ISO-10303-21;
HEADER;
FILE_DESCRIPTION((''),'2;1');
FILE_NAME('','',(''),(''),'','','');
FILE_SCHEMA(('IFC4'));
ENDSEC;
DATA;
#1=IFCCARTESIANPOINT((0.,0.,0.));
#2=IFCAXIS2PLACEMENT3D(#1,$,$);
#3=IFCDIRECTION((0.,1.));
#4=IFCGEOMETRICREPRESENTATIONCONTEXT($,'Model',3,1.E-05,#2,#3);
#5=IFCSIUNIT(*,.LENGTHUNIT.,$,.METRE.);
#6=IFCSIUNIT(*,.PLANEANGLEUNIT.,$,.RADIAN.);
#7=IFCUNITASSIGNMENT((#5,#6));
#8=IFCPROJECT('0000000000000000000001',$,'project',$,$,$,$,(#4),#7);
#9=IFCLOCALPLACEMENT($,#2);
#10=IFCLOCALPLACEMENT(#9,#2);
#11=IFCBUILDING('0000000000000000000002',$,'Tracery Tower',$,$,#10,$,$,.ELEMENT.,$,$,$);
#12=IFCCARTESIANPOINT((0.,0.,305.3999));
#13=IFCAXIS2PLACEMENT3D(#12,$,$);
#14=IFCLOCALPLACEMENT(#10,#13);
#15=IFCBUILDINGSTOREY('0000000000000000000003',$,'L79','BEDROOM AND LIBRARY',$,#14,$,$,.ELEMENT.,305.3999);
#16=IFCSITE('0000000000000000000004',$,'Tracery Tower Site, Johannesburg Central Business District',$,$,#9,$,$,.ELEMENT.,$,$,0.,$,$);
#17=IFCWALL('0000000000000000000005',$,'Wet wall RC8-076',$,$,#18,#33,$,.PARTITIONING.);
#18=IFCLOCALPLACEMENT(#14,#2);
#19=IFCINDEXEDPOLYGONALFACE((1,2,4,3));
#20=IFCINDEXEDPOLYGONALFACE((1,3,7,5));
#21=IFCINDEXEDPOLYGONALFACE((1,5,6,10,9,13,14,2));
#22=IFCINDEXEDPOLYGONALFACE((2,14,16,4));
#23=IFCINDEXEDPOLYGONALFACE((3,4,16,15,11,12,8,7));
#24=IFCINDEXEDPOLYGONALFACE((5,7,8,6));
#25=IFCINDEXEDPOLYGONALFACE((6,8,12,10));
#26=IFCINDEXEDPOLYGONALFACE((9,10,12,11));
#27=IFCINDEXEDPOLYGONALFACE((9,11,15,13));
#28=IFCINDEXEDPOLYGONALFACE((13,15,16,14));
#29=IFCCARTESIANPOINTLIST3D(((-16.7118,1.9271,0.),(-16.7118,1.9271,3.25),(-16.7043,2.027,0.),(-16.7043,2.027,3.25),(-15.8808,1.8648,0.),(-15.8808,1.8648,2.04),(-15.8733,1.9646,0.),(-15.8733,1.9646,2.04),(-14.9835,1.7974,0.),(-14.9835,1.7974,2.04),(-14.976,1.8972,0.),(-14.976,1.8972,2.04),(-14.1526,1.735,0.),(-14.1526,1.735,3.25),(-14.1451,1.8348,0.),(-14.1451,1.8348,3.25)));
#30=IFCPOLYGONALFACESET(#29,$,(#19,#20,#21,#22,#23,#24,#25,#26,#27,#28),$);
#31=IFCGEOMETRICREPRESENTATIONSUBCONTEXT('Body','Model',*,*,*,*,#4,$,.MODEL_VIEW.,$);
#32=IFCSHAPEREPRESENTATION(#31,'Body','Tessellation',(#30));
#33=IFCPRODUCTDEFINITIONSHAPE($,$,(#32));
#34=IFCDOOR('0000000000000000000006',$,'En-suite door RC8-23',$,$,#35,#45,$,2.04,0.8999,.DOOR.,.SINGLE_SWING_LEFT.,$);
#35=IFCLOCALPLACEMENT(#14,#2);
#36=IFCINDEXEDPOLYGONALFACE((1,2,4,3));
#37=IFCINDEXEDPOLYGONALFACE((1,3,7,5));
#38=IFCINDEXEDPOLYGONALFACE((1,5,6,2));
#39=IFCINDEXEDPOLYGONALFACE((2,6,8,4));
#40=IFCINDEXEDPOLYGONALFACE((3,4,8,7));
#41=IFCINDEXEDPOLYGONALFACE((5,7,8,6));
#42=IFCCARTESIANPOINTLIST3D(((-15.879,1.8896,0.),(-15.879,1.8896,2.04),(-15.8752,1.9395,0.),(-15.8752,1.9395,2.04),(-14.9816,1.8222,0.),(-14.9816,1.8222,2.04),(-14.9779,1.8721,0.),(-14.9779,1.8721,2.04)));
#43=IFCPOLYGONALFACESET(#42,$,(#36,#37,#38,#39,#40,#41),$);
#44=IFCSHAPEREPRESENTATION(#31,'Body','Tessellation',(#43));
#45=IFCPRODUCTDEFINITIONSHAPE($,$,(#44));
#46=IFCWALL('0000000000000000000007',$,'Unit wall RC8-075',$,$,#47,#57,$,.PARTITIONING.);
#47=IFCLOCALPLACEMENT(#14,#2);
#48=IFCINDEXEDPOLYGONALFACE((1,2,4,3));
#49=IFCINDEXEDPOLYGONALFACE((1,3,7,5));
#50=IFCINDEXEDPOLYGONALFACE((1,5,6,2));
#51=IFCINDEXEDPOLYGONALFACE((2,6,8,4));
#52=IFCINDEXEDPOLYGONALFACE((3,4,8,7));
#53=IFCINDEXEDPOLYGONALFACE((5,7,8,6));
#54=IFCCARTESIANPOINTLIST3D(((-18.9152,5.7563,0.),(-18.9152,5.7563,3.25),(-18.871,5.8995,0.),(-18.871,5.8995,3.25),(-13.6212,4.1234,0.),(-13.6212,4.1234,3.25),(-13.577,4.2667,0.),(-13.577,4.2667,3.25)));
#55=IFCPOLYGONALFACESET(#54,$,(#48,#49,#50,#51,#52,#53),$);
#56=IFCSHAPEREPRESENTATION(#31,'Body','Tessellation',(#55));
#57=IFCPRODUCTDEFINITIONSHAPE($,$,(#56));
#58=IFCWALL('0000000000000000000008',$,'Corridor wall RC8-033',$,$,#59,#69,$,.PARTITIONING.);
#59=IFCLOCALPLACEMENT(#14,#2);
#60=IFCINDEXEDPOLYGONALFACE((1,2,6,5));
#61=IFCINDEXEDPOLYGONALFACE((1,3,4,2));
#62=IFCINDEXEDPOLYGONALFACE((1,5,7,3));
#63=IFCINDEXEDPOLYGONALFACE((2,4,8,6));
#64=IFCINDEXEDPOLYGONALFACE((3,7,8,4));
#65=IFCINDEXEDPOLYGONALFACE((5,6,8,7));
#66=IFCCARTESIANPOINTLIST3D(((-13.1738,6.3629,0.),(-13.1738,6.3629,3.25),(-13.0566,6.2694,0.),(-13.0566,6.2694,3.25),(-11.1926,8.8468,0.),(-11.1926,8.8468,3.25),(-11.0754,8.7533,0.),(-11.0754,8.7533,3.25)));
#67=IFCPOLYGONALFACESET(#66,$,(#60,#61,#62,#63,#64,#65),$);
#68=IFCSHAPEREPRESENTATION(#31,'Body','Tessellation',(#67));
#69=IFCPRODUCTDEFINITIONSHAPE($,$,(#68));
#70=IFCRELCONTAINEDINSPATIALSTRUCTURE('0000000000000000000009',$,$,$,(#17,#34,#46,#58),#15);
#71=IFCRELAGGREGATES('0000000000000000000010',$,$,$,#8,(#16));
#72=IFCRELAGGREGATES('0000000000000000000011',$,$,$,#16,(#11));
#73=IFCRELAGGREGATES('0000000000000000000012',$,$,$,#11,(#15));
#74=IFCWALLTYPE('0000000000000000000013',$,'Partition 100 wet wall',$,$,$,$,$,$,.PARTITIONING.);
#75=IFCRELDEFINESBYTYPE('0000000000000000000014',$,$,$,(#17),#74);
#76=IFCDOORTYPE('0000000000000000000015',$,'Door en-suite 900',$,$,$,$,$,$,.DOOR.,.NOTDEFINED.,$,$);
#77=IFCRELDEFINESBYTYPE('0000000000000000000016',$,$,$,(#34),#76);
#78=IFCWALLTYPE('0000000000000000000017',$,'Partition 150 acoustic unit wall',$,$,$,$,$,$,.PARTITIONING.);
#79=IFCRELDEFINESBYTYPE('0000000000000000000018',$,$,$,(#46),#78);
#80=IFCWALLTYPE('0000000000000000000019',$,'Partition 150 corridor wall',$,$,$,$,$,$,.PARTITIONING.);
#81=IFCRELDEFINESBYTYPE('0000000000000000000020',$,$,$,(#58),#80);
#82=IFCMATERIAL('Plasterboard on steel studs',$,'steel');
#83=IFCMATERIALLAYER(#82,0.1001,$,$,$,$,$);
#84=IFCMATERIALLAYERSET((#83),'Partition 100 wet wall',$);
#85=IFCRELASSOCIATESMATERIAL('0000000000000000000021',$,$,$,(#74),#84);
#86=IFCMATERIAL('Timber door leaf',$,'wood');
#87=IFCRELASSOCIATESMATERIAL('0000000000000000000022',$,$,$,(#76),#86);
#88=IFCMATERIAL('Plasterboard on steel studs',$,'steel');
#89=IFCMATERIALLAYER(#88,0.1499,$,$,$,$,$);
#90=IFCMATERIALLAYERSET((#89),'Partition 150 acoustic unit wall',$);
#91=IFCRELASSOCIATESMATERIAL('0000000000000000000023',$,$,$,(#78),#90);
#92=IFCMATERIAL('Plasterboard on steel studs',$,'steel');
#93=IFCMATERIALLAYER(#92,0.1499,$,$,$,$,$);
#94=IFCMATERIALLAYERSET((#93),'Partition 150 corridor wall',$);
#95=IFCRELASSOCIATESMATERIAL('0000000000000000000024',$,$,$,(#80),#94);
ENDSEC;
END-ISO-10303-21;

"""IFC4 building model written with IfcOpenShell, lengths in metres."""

from ifc_helpers import new_model, si_unit, direction, frame, frame_2d, origin, place, context, subcontext, project, spatial, rectangle, extrude, material, layer, layer_set, type_object, element, fill, save


model = new_model("IFC4")

# Units and contexts
model_context = context("Model", 3, precision=1e-05, world=origin(), true_north=direction((0.0, 1.0)))
body_context = subcontext(model_context, "Body", "Model", "MODEL_VIEW")
ifc_project = project(units=[si_unit("LENGTHUNIT", "METRE"), si_unit("PLANEANGLEUNIT", "RADIAN")], contexts=[model_context])

# Site, building, storey
site_placement = place(None, origin())
site = spatial("IfcSite", under=ifc_project, at=site_placement, Name="Tracery Tower Site, Johannesburg Central Business District", CompositionType="ELEMENT", RefElevation=0.0)
building_placement = place(site_placement, origin())
building = spatial("IfcBuilding", under=site, at=building_placement, Name="Tracery Tower", CompositionType="ELEMENT")
storey_placement = place(building_placement, frame((0.0, 0.0, 305.3999)))
storey = spatial("IfcBuildingStorey", under=building, at=storey_placement, Name="L79", Description="BEDROOM AND LIBRARY", CompositionType="ELEMENT", Elevation=305.3999)

# Shared definitions
ifc_material_1 = material(Name="Plasterboard on steel studs", Category="steel")
ifc_layer_1 = layer(ifc_material_1, 0.1001)
ifc_layer_set_1 = layer_set([ifc_layer_1], Name="Partition 100 wet wall")
wall_type_1 = type_object("IfcWallType", Name="Partition 100 wet wall", PredefinedType="PARTITIONING", material=ifc_layer_set_1)

# Wall, opening, door
ifc_material_2 = material(Name="Timber door leaf", Category="wood")
door_type_1 = type_object("IfcDoorType", Name="Door en-suite 900", OperationType="NOTDEFINED", PredefinedType="DOOR", material=ifc_material_2)
wall_1_placement = place(storey_placement, frame((-16.708, 1.9771, 0.0), z_axis=(0.0, 0.0, 1.0), x_axis=(0.997193, -0.07487, 0.0)))
wall_1 = element("IfcWall", 1, at=wall_1_placement, inside=storey, type_object=wall_type_1, Name="Wet wall RC8-076", PredefinedType="PARTITIONING", context=body_context, shape_type="SweptSolid", body=[
    extrude(rectangle(XDim=2.5664, YDim=0.1001, at=frame_2d((1.2832, 0.0))), origin(), (0.0, 0.0, 1.0), 3.25),
])
opening_1_placement = place(wall_1_placement, frame((0.8333, 0.0, 0.0)))
opening_1 = element("IfcOpeningElement", 2, at=opening_1_placement, cuts=wall_1, PredefinedType="OPENING", context=body_context, shape_type="SweptSolid", body=[
    extrude(rectangle(XDim=0.8999, YDim=2.04, at=frame_2d((0.45, 1.02))), frame((0.0, 0.05, 0.0), z_axis=(0.0, -1.0, 0.0), x_axis=(1.0, 0.0, 0.0)), (0.0, 0.0, 1.0), 0.1001),
])
door_1_placement = place(opening_1_placement, origin())
door_1 = element("IfcDoor", 3, at=door_1_placement, inside=storey, type_object=door_type_1, Name="En-suite door RC8-23", OperationType="SINGLE_SWING_LEFT", OverallHeight=2.04, OverallWidth=0.8999, PredefinedType="DOOR", context=body_context, shape_type="SweptSolid", body=[
    extrude(rectangle(XDim=0.8999, YDim=2.04, at=frame_2d((0.45, 1.02))), frame((0.0, 0.0249, 0.0), z_axis=(0.0, -1.0, 0.0), x_axis=(1.0, 0.0, 0.0)), (0.0, 0.0, 1.0), 0.05),
])
fill(opening_1, door_1)

# Walls
ifc_material_3 = material(Name="Plasterboard on steel studs", Category="steel")
ifc_layer_2 = layer(ifc_material_3, 0.1499)
ifc_layer_set_2 = layer_set([ifc_layer_2], Name="Partition 150 acoustic unit wall")
wall_type_2 = type_object("IfcWallType", Name="Partition 150 acoustic unit wall", PredefinedType="PARTITIONING", material=ifc_layer_set_2)
wall_2_placement = place(storey_placement, frame((-18.8931, 5.8279, 0.0), z_axis=(0.0, 0.0, 1.0), x_axis=(0.955581, -0.29473, 0.0)))
element("IfcWall", 4, at=wall_2_placement, inside=storey, type_object=wall_type_2, Name="Unit wall RC8-075", PredefinedType="PARTITIONING", context=body_context, shape_type="SweptSolid", body=[
    extrude(rectangle(XDim=5.54, YDim=0.1499, at=frame_2d((2.77, 0.0))), origin(), (0.0, 0.0, 1.0), 3.25),
])
ifc_material_4 = material(Name="Plasterboard on steel studs", Category="steel")
ifc_layer_3 = layer(ifc_material_4, 0.1499)
ifc_layer_set_3 = layer_set([ifc_layer_3], Name="Partition 150 corridor wall")
wall_type_3 = type_object("IfcWallType", Name="Partition 150 corridor wall", PredefinedType="PARTITIONING", material=ifc_layer_set_3)
wall_3_placement = place(storey_placement, frame((-13.1152, 6.3162, 0.0), z_axis=(0.0, 0.0, 1.0), x_axis=(0.623561, 0.781775, 0.0)))
element("IfcWall", 5, at=wall_3_placement, inside=storey, type_object=wall_type_3, Name="Corridor wall RC8-033", PredefinedType="PARTITIONING", context=body_context, shape_type="SweptSolid", body=[
    extrude(rectangle(XDim=3.1772, YDim=0.1499, at=frame_2d((1.5886, 0.0))), origin(), (0.0, 0.0, 1.0), 3.25),
])

save(model, "model.ifc")
